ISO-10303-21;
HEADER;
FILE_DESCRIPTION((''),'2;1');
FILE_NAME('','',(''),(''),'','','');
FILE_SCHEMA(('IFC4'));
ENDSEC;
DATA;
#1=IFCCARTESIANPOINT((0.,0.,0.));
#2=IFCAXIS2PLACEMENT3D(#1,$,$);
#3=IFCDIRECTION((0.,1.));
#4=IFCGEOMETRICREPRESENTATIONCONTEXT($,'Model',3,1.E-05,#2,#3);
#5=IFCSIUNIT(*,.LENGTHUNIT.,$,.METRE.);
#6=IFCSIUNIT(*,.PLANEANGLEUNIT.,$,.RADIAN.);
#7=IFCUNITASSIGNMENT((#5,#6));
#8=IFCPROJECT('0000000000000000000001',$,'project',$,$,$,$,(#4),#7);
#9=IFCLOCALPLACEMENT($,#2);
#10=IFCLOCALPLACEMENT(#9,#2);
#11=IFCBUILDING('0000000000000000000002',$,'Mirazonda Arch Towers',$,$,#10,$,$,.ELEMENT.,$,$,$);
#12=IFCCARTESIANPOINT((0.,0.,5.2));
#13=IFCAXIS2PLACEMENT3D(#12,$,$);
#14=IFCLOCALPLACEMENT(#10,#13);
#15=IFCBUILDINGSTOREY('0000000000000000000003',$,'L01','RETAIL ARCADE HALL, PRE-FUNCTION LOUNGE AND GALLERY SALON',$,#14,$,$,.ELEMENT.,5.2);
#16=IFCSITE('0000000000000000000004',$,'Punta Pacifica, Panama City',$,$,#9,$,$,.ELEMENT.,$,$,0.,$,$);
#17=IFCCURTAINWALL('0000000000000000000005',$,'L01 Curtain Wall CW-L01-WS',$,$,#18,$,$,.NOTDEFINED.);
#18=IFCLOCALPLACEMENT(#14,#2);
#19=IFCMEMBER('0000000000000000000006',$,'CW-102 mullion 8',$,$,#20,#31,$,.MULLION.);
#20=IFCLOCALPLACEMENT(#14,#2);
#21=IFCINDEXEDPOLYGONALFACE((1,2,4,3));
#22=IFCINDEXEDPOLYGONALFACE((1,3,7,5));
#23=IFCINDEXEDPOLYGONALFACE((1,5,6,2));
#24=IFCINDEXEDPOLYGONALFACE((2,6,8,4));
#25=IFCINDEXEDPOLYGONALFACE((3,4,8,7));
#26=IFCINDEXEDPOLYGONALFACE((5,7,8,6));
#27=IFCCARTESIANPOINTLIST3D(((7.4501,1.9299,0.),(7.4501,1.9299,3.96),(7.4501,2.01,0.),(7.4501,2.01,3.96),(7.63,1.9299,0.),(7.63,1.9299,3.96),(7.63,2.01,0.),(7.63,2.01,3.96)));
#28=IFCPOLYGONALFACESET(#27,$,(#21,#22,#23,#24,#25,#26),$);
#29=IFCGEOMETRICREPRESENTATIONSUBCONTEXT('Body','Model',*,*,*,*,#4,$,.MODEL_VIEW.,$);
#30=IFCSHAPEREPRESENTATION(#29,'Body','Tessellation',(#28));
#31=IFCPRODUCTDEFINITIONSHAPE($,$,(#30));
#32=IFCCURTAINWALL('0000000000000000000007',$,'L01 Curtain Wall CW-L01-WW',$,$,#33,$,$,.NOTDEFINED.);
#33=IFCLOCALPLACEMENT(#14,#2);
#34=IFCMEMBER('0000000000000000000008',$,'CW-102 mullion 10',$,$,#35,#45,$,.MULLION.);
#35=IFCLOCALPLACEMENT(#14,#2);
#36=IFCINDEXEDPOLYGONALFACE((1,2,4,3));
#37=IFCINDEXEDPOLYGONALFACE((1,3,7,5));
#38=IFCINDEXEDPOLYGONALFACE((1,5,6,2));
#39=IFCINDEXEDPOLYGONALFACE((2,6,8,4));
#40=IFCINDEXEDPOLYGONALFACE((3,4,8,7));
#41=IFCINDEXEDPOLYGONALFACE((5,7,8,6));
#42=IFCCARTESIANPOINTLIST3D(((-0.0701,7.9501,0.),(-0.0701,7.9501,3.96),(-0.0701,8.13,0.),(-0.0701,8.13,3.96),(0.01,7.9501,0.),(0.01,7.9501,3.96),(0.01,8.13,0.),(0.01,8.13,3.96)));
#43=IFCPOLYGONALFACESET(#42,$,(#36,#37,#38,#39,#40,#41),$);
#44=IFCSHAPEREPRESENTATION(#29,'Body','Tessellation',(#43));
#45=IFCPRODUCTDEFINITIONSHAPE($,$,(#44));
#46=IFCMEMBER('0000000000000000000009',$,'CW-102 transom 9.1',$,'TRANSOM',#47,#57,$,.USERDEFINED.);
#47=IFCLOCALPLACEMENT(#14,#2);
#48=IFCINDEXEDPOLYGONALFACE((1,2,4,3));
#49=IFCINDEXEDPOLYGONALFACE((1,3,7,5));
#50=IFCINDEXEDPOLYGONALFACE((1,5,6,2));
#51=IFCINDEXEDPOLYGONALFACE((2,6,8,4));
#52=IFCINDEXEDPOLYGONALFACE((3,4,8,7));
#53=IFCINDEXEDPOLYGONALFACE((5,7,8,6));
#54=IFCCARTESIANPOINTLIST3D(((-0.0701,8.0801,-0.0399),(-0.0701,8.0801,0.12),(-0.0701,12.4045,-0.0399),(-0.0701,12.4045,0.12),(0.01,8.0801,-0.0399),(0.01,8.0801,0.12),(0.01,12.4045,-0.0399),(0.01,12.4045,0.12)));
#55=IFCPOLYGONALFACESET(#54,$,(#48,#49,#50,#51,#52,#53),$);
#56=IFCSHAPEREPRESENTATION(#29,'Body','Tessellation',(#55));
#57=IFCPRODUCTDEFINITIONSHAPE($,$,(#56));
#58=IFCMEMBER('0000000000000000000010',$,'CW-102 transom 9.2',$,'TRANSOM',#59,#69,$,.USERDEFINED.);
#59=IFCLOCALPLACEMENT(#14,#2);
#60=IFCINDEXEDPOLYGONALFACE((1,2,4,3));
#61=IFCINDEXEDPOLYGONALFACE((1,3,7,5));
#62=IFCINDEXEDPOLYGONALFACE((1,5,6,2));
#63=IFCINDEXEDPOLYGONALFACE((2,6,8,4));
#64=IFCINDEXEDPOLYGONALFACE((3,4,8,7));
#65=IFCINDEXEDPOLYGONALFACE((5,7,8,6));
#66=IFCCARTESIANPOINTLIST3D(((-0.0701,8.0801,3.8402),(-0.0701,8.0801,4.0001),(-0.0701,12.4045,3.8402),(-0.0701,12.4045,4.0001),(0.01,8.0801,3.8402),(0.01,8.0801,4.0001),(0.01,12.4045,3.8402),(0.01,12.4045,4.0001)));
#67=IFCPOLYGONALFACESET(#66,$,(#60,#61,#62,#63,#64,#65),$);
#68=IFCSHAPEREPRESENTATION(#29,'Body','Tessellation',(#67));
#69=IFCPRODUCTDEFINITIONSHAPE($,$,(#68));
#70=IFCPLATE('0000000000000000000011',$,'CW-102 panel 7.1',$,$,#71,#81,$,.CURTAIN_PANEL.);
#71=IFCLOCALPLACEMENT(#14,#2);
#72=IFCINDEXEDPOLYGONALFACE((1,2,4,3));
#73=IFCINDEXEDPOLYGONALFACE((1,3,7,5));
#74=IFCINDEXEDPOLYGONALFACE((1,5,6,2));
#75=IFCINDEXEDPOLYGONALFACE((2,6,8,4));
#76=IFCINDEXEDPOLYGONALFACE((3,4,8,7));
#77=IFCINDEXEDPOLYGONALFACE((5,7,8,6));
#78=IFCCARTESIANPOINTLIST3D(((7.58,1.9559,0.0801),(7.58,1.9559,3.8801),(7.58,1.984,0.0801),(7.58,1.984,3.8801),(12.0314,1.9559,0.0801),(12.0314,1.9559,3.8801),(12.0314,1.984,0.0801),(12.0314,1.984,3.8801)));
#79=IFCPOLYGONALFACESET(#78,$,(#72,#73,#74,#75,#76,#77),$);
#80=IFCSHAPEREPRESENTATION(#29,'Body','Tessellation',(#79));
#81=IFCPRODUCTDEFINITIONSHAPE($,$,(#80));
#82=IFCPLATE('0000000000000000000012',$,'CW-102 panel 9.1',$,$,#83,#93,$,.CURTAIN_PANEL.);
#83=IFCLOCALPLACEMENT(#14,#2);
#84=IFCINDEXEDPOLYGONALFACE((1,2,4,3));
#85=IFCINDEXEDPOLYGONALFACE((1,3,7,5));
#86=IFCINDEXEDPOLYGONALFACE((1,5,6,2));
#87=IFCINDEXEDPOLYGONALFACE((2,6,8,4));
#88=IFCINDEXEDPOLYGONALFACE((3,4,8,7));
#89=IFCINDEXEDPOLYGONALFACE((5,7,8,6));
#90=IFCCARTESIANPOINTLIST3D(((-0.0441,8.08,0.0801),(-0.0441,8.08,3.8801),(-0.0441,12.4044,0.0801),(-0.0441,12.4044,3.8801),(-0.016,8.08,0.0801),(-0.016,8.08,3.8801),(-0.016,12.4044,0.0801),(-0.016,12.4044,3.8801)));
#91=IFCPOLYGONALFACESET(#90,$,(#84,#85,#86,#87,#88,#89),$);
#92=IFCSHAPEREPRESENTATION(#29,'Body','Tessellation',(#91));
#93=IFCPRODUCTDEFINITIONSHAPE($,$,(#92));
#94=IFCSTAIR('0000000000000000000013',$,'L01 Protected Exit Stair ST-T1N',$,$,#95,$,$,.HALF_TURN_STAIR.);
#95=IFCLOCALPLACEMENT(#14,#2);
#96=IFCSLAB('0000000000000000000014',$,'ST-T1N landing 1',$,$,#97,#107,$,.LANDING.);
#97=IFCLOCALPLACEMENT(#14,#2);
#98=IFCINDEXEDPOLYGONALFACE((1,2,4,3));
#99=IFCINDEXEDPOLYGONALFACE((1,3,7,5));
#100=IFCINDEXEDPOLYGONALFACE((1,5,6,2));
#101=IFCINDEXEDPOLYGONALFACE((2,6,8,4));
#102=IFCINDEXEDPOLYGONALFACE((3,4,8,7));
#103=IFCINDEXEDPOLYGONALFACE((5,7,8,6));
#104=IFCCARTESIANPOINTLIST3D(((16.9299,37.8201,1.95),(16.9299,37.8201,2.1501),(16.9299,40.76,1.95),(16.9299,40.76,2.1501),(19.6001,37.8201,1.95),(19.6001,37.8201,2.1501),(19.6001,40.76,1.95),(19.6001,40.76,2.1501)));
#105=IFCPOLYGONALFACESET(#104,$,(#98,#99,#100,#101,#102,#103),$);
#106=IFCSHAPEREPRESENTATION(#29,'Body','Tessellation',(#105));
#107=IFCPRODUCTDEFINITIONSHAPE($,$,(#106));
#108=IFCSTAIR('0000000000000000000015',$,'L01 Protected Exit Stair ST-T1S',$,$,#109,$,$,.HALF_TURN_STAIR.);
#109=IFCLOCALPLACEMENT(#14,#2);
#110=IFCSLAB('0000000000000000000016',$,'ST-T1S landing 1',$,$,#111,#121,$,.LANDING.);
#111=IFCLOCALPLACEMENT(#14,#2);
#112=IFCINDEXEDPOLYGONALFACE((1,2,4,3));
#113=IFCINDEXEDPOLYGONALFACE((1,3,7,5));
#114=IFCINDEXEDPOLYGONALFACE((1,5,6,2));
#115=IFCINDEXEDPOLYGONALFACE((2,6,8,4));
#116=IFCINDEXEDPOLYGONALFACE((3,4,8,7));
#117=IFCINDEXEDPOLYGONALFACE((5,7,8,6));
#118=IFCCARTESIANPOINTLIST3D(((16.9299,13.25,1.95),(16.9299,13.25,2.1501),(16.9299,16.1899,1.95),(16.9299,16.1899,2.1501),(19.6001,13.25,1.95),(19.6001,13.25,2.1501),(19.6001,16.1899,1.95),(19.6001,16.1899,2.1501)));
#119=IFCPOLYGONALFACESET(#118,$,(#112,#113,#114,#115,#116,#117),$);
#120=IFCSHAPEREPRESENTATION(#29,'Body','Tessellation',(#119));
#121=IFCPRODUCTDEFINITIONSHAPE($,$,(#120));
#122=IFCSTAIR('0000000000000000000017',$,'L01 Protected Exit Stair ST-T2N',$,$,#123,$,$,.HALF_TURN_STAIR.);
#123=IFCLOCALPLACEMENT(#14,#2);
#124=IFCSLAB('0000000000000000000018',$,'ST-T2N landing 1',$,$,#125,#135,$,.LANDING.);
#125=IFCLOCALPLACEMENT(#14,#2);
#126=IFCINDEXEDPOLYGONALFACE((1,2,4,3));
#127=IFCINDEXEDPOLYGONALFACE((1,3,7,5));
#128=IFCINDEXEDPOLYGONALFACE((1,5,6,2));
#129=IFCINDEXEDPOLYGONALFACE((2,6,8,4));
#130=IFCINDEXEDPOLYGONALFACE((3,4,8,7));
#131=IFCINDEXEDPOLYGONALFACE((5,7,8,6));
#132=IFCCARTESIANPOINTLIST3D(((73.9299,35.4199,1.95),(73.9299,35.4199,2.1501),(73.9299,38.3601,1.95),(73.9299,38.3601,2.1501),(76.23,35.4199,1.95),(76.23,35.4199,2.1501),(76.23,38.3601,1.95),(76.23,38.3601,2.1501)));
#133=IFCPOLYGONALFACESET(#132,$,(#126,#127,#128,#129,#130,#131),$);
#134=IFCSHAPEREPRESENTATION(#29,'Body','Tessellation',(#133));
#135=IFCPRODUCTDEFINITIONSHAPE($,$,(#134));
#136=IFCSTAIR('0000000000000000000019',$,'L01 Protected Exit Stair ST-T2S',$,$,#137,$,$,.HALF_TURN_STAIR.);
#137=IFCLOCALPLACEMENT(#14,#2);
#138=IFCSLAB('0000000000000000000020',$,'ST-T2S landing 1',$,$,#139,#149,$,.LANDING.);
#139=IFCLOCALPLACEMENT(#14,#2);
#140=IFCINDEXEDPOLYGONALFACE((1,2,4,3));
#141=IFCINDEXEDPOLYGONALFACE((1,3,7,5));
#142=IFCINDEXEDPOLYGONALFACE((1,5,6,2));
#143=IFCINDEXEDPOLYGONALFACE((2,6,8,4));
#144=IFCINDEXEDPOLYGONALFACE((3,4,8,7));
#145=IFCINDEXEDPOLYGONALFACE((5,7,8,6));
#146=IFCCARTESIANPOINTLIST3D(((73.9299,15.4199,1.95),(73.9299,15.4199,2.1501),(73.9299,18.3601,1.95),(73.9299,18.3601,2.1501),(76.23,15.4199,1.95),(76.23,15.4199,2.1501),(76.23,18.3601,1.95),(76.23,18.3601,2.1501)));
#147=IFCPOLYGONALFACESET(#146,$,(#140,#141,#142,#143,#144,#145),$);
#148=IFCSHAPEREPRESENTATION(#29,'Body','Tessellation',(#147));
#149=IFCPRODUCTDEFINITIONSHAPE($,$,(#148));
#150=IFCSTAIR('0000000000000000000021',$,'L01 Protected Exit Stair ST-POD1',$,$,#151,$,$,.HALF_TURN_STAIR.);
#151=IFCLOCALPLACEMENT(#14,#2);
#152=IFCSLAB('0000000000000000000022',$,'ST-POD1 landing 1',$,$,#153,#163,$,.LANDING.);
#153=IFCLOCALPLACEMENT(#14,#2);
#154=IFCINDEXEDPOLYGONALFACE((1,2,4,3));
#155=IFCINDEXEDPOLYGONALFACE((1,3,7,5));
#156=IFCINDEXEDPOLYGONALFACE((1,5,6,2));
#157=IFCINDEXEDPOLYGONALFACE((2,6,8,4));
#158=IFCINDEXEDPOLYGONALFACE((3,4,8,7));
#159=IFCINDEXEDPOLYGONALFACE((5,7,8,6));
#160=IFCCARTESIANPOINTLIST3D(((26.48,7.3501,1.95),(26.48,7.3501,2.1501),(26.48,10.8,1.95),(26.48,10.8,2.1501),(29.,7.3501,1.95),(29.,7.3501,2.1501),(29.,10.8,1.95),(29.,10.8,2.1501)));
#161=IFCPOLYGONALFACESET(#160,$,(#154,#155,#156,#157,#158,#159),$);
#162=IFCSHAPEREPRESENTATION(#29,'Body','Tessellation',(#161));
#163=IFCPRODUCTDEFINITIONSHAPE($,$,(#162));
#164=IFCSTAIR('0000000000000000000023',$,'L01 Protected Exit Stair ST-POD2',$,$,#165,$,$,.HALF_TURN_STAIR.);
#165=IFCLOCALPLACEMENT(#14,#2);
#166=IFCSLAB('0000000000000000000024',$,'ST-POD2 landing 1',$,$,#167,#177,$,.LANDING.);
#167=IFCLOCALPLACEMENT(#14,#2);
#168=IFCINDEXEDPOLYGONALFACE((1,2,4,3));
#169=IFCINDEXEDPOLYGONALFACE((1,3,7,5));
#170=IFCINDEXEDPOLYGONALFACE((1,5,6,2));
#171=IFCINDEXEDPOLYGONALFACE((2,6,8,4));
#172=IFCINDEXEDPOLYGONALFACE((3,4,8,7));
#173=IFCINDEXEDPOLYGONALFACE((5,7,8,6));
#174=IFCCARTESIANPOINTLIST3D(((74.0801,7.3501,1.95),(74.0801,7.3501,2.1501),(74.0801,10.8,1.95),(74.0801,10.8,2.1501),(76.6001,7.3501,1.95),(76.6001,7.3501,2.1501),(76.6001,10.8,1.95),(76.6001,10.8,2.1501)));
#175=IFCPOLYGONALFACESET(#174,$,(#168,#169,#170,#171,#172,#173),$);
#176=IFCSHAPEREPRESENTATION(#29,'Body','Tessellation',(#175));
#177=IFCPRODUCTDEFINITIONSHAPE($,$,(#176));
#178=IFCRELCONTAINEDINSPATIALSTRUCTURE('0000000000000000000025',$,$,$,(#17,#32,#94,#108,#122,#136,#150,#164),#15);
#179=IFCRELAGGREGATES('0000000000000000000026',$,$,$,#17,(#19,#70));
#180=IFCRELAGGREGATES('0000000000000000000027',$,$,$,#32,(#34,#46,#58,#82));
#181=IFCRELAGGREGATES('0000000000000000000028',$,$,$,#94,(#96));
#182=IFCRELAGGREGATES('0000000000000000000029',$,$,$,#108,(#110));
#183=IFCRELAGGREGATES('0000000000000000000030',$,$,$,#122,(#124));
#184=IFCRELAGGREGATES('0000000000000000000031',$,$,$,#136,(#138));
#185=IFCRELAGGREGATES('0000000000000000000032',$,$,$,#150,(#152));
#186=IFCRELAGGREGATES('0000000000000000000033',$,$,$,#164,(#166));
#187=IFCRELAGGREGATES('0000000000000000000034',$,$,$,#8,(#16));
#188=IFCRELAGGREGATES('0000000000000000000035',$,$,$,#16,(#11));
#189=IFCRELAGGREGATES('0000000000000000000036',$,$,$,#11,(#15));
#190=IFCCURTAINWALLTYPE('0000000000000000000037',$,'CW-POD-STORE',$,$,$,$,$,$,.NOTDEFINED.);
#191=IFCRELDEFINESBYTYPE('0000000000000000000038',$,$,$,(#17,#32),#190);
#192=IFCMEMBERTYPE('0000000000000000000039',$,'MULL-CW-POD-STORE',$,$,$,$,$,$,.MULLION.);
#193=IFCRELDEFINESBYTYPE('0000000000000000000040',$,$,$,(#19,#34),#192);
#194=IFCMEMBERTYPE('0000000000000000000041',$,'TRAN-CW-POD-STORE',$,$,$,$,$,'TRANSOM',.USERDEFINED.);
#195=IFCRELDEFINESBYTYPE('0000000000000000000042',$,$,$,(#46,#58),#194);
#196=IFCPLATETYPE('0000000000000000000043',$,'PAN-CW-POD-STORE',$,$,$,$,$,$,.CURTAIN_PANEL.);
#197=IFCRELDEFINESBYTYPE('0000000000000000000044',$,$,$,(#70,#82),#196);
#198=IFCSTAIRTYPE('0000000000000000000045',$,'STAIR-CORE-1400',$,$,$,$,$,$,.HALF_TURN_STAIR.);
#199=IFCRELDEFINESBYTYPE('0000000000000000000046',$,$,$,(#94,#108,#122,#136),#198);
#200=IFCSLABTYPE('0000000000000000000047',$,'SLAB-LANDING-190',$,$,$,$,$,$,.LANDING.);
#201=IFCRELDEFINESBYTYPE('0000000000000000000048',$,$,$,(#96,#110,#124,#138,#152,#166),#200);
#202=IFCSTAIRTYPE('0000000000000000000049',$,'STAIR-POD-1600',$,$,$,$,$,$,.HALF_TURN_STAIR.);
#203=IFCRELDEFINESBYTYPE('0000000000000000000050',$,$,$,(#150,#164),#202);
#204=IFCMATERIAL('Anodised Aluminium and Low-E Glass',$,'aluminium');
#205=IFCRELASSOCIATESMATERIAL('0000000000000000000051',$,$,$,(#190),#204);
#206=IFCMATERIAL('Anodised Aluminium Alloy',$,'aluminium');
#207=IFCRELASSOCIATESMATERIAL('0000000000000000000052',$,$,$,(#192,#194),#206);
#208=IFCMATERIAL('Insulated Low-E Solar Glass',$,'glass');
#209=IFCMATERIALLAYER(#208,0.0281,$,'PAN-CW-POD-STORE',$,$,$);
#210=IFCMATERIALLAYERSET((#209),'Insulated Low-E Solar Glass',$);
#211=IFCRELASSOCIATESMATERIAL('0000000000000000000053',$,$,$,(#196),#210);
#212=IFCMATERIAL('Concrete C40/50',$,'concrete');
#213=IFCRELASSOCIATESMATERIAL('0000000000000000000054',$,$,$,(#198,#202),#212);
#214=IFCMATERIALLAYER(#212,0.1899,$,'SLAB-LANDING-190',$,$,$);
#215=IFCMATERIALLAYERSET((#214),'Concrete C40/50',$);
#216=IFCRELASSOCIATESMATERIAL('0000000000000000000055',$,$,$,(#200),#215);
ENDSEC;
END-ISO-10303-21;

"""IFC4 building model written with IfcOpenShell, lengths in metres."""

from ifc_helpers import new_model, si_unit, direction, frame, origin, origin_2d, place, context, subcontext, project, spatial, polyline, rectangle, outline, extrude, material, layer, layer_set, material_profile, profile_set, type_object, element, aggregate, save


model = new_model("IFC4")

# Units and contexts
model_context = context("Model", 3, precision=1e-05, world=origin(), true_north=direction((0.0, 1.0)))
body_context = subcontext(model_context, "Body", "Model", "MODEL_VIEW")
ifc_project = project(units=[si_unit("LENGTHUNIT", "METRE"), si_unit("PLANEANGLEUNIT", "RADIAN")], contexts=[model_context])

# Site, building, storey
site_placement = place(None, origin())
site = spatial("IfcSite", under=ifc_project, at=site_placement, Name="Punta Pacifica, Panama City", CompositionType="ELEMENT", RefElevation=0.0)
building_placement = place(site_placement, origin())
building = spatial("IfcBuilding", under=site, at=building_placement, Name="Mirazonda Arch Towers", CompositionType="ELEMENT")
storey_placement = place(building_placement, frame((0.0, 0.0, 5.2)))
storey = spatial("IfcBuildingStorey", under=building, at=storey_placement, Name="L01", Description="RETAIL ARCADE HALL, PRE-FUNCTION LOUNGE AND GALLERY SALON", CompositionType="ELEMENT", Elevation=5.2)

# Curtain wall, member
ifc_material_1 = material(Name="Anodised Aluminium and Low-E Glass", Category="aluminium")
curtain_wall_type = type_object("IfcCurtainWallType", Name="CW-POD-STORE", PredefinedType="NOTDEFINED", material=ifc_material_1)
curtain_wall_1_placement = place(storey_placement, origin())
curtain_wall_1 = element("IfcCurtainWall", 1, at=curtain_wall_1_placement, inside=storey, type_object=curtain_wall_type, Name="L01 Curtain Wall CW-L01-WS", PredefinedType="NOTDEFINED")
ifc_material_2 = material(Name="Anodised Aluminium Alloy", Category="aluminium")
ifc_material_profile_1 = material_profile(ifc_material_2, rectangle(XDim=0.0801, YDim=0.1799, at=origin_2d()), Name="ALU-MULL-80x180")
ifc_profile_set_1 = profile_set([ifc_material_profile_1], Name="Anodised Aluminium Alloy")
member_type_1 = type_object("IfcMemberType", Name="MULL-CW-POD-STORE", PredefinedType="MULLION", material=ifc_profile_set_1)
member_1_placement = place(storey_placement, frame((7.54, 1.97, 0.0), z_axis=(0.0, 0.0, 1.0), x_axis=(0.0, -1.0, 0.0)))
member_1 = element("IfcMember", 2, at=member_1_placement, type_object=member_type_1, Name="CW-102 mullion 8", PredefinedType="MULLION", context=body_context, shape_type="SweptSolid", body=[
    extrude(rectangle(XDim=0.0801, YDim=0.1799, at=origin_2d()), origin(), (0.0, 0.0, 1.0), 3.96),
])

# Curtain wall, members
curtain_wall_2_placement = place(storey_placement, origin())
curtain_wall_2 = element("IfcCurtainWall", 3, at=curtain_wall_2_placement, inside=storey, type_object=curtain_wall_type, Name="L01 Curtain Wall CW-L01-WW", PredefinedType="NOTDEFINED")
member_2_placement = place(storey_placement, frame((-0.03, 8.04, 0.0), z_axis=(0.0, 0.0, 1.0), x_axis=(1.0, 0.0, 0.0)))
member_2 = element("IfcMember", 4, at=member_2_placement, type_object=member_type_1, Name="CW-102 mullion 10", PredefinedType="MULLION", context=body_context, shape_type="SweptSolid", body=[
    extrude(rectangle(XDim=0.0801, YDim=0.1799, at=origin_2d()), origin(), (0.0, 0.0, 1.0), 3.96),
])
ifc_material_profile_2 = material_profile(ifc_material_2, rectangle(XDim=0.0801, YDim=0.1599, at=origin_2d()), Name="ALU-TRAN-80x160")
ifc_profile_set_2 = profile_set([ifc_material_profile_2], Name="Anodised Aluminium Alloy")
member_type_2 = type_object("IfcMemberType", Name="TRAN-CW-POD-STORE", ElementType="TRANSOM", PredefinedType="USERDEFINED", material=ifc_profile_set_2)
member_3_placement = place(storey_placement, frame((-0.03, 12.4045, 0.04), z_axis=(0.0, -1.0, 0.0), x_axis=(1.0, 0.0, 0.0)))
member_3 = element("IfcMember", 5, at=member_3_placement, type_object=member_type_2, Name="CW-102 transom 9.1", ObjectType="TRANSOM", PredefinedType="USERDEFINED", context=body_context, shape_type="SweptSolid", body=[
    extrude(rectangle(XDim=0.0801, YDim=0.1599, at=origin_2d()), origin(), (0.0, 0.0, 1.0), 4.3245),
])
member_4_placement = place(storey_placement, frame((-0.03, 12.4045, 3.9202), z_axis=(0.0, -1.0, 0.0), x_axis=(1.0, 0.0, 0.0)))
member_4 = element("IfcMember", 6, at=member_4_placement, type_object=member_type_2, Name="CW-102 transom 9.2", ObjectType="TRANSOM", PredefinedType="USERDEFINED", context=body_context, shape_type="SweptSolid", body=[
    extrude(rectangle(XDim=0.0801, YDim=0.1599, at=origin_2d()), origin(), (0.0, 0.0, 1.0), 4.3245),
])

# Plates
ifc_material_3 = material(Name="Insulated Low-E Solar Glass", Category="glass")
ifc_layer_1 = layer(ifc_material_3, 0.0281, Name="PAN-CW-POD-STORE")
ifc_layer_set_1 = layer_set([ifc_layer_1], Name="Insulated Low-E Solar Glass")
plate_type = type_object("IfcPlateType", Name="PAN-CW-POD-STORE", PredefinedType="CURTAIN_PANEL", material=ifc_layer_set_1)
plate_1_placement = place(storey_placement, frame((9.8057, 1.97, 0.0801), z_axis=(0.0, 0.0, 1.0), x_axis=(-1.0, 0.0, 0.0)))
plate_1 = element("IfcPlate", 7, at=plate_1_placement, type_object=plate_type, Name="CW-102 panel 7.1", PredefinedType="CURTAIN_PANEL", context=body_context, shape_type="SweptSolid", body=[
    extrude(rectangle(XDim=4.4514, YDim=0.0281, at=origin_2d()), origin(), (0.0, 0.0, 1.0), 3.8),
])
aggregate(curtain_wall_1, [member_1, plate_1])
plate_2_placement = place(storey_placement, frame((-0.03, 10.2422, 0.0801), z_axis=(0.0, 0.0, 1.0), x_axis=(0.0, -1.0, 0.0)))
plate_2 = element("IfcPlate", 8, at=plate_2_placement, type_object=plate_type, Name="CW-102 panel 9.1", PredefinedType="CURTAIN_PANEL", context=body_context, shape_type="SweptSolid", body=[
    extrude(rectangle(XDim=4.3245, YDim=0.0281, at=origin_2d()), origin(), (0.0, 0.0, 1.0), 3.8),
])
aggregate(curtain_wall_2, [member_2, member_3, member_4, plate_2])

# Stairs, slabs
ifc_material_4 = material(Name="Concrete C40/50", Category="concrete")
stair_type_1 = type_object("IfcStairType", Name="STAIR-CORE-1400", PredefinedType="HALF_TURN_STAIR", material=ifc_material_4)
stair_1_placement = place(storey_placement, origin())
stair_1 = element("IfcStair", 9, at=stair_1_placement, inside=storey, type_object=stair_type_1, Name="L01 Protected Exit Stair ST-T1N", PredefinedType="HALF_TURN_STAIR")
ifc_layer_2 = layer(ifc_material_4, 0.1899, Name="SLAB-LANDING-190")
ifc_layer_set_2 = layer_set([ifc_layer_2], Name="Concrete C40/50")
slab_type_1 = type_object("IfcSlabType", Name="SLAB-LANDING-190", PredefinedType="LANDING", material=ifc_layer_set_2)
slab_1_placement = place(storey_placement, frame((0.0, 0.0, 1.95)))
slab_1 = element("IfcSlab", 10, at=slab_1_placement, type_object=slab_type_1, Name="ST-T1N landing 1", PredefinedType="LANDING", context=body_context, shape_type="SweptSolid", body=[
    extrude(outline(polyline([(16.9299, 37.8201), (19.6001, 37.8201), (19.6001, 40.76), (16.9299, 40.76), (16.9299, 37.8201)])), origin(), (0.0, 0.0, 1.0), 0.2002),
])
aggregate(stair_1, [slab_1])
stair_2_placement = place(storey_placement, origin())
stair_2 = element("IfcStair", 11, at=stair_2_placement, inside=storey, type_object=stair_type_1, Name="L01 Protected Exit Stair ST-T1S", PredefinedType="HALF_TURN_STAIR")
slab_2_placement = place(storey_placement, frame((0.0, 0.0, 1.95)))
slab_2 = element("IfcSlab", 12, at=slab_2_placement, type_object=slab_type_1, Name="ST-T1S landing 1", PredefinedType="LANDING", context=body_context, shape_type="SweptSolid", body=[
    extrude(outline(polyline([(16.9299, 13.25), (19.6001, 13.25), (19.6001, 16.1899), (16.9299, 16.1899), (16.9299, 13.25)])), origin(), (0.0, 0.0, 1.0), 0.2002),
])
aggregate(stair_2, [slab_2])
stair_3_placement = place(storey_placement, origin())
stair_3 = element("IfcStair", 13, at=stair_3_placement, inside=storey, type_object=stair_type_1, Name="L01 Protected Exit Stair ST-T2N", PredefinedType="HALF_TURN_STAIR")
slab_3_placement = place(storey_placement, frame((0.0, 0.0, 1.95)))
slab_3 = element("IfcSlab", 14, at=slab_3_placement, type_object=slab_type_1, Name="ST-T2N landing 1", PredefinedType="LANDING", context=body_context, shape_type="SweptSolid", body=[
    extrude(outline(polyline([(73.9299, 35.4199), (76.23, 35.4199), (76.23, 38.3601), (73.9299, 38.3601), (73.9299, 35.4199)])), origin(), (0.0, 0.0, 1.0), 0.2002),
])
aggregate(stair_3, [slab_3])
stair_4_placement = place(storey_placement, origin())
stair_4 = element("IfcStair", 15, at=stair_4_placement, inside=storey, type_object=stair_type_1, Name="L01 Protected Exit Stair ST-T2S", PredefinedType="HALF_TURN_STAIR")
slab_4_placement = place(storey_placement, frame((0.0, 0.0, 1.95)))
slab_4 = element("IfcSlab", 16, at=slab_4_placement, type_object=slab_type_1, Name="ST-T2S landing 1", PredefinedType="LANDING", context=body_context, shape_type="SweptSolid", body=[
    extrude(outline(polyline([(73.9299, 15.4199), (76.23, 15.4199), (76.23, 18.3601), (73.9299, 18.3601), (73.9299, 15.4199)])), origin(), (0.0, 0.0, 1.0), 0.2002),
])
aggregate(stair_4, [slab_4])
stair_type_2 = type_object("IfcStairType", Name="STAIR-POD-1600", PredefinedType="HALF_TURN_STAIR", material=ifc_material_4)
stair_5_placement = place(storey_placement, origin())
stair_5 = element("IfcStair", 17, at=stair_5_placement, inside=storey, type_object=stair_type_2, Name="L01 Protected Exit Stair ST-POD1", PredefinedType="HALF_TURN_STAIR")
slab_5_placement = place(storey_placement, frame((0.0, 0.0, 1.95)))
slab_5 = element("IfcSlab", 18, at=slab_5_placement, type_object=slab_type_1, Name="ST-POD1 landing 1", PredefinedType="LANDING", context=body_context, shape_type="SweptSolid", body=[
    extrude(outline(polyline([(26.48, 7.3501), (29.0, 7.3501), (29.0, 10.8), (26.48, 10.8), (26.48, 7.3501)])), origin(), (0.0, 0.0, 1.0), 0.2002),
])
aggregate(stair_5, [slab_5])
stair_6_placement = place(storey_placement, origin())
stair_6 = element("IfcStair", 19, at=stair_6_placement, inside=storey, type_object=stair_type_2, Name="L01 Protected Exit Stair ST-POD2", PredefinedType="HALF_TURN_STAIR")
slab_6_placement = place(storey_placement, frame((0.0, 0.0, 1.95)))
slab_6 = element("IfcSlab", 20, at=slab_6_placement, type_object=slab_type_1, Name="ST-POD2 landing 1", PredefinedType="LANDING", context=body_context, shape_type="SweptSolid", body=[
    extrude(outline(polyline([(74.0801, 7.3501), (76.6001, 7.3501), (76.6001, 10.8), (74.0801, 10.8), (74.0801, 7.3501)])), origin(), (0.0, 0.0, 1.0), 0.2002),
])
aggregate(stair_6, [slab_6])

save(model, "model.ifc")
